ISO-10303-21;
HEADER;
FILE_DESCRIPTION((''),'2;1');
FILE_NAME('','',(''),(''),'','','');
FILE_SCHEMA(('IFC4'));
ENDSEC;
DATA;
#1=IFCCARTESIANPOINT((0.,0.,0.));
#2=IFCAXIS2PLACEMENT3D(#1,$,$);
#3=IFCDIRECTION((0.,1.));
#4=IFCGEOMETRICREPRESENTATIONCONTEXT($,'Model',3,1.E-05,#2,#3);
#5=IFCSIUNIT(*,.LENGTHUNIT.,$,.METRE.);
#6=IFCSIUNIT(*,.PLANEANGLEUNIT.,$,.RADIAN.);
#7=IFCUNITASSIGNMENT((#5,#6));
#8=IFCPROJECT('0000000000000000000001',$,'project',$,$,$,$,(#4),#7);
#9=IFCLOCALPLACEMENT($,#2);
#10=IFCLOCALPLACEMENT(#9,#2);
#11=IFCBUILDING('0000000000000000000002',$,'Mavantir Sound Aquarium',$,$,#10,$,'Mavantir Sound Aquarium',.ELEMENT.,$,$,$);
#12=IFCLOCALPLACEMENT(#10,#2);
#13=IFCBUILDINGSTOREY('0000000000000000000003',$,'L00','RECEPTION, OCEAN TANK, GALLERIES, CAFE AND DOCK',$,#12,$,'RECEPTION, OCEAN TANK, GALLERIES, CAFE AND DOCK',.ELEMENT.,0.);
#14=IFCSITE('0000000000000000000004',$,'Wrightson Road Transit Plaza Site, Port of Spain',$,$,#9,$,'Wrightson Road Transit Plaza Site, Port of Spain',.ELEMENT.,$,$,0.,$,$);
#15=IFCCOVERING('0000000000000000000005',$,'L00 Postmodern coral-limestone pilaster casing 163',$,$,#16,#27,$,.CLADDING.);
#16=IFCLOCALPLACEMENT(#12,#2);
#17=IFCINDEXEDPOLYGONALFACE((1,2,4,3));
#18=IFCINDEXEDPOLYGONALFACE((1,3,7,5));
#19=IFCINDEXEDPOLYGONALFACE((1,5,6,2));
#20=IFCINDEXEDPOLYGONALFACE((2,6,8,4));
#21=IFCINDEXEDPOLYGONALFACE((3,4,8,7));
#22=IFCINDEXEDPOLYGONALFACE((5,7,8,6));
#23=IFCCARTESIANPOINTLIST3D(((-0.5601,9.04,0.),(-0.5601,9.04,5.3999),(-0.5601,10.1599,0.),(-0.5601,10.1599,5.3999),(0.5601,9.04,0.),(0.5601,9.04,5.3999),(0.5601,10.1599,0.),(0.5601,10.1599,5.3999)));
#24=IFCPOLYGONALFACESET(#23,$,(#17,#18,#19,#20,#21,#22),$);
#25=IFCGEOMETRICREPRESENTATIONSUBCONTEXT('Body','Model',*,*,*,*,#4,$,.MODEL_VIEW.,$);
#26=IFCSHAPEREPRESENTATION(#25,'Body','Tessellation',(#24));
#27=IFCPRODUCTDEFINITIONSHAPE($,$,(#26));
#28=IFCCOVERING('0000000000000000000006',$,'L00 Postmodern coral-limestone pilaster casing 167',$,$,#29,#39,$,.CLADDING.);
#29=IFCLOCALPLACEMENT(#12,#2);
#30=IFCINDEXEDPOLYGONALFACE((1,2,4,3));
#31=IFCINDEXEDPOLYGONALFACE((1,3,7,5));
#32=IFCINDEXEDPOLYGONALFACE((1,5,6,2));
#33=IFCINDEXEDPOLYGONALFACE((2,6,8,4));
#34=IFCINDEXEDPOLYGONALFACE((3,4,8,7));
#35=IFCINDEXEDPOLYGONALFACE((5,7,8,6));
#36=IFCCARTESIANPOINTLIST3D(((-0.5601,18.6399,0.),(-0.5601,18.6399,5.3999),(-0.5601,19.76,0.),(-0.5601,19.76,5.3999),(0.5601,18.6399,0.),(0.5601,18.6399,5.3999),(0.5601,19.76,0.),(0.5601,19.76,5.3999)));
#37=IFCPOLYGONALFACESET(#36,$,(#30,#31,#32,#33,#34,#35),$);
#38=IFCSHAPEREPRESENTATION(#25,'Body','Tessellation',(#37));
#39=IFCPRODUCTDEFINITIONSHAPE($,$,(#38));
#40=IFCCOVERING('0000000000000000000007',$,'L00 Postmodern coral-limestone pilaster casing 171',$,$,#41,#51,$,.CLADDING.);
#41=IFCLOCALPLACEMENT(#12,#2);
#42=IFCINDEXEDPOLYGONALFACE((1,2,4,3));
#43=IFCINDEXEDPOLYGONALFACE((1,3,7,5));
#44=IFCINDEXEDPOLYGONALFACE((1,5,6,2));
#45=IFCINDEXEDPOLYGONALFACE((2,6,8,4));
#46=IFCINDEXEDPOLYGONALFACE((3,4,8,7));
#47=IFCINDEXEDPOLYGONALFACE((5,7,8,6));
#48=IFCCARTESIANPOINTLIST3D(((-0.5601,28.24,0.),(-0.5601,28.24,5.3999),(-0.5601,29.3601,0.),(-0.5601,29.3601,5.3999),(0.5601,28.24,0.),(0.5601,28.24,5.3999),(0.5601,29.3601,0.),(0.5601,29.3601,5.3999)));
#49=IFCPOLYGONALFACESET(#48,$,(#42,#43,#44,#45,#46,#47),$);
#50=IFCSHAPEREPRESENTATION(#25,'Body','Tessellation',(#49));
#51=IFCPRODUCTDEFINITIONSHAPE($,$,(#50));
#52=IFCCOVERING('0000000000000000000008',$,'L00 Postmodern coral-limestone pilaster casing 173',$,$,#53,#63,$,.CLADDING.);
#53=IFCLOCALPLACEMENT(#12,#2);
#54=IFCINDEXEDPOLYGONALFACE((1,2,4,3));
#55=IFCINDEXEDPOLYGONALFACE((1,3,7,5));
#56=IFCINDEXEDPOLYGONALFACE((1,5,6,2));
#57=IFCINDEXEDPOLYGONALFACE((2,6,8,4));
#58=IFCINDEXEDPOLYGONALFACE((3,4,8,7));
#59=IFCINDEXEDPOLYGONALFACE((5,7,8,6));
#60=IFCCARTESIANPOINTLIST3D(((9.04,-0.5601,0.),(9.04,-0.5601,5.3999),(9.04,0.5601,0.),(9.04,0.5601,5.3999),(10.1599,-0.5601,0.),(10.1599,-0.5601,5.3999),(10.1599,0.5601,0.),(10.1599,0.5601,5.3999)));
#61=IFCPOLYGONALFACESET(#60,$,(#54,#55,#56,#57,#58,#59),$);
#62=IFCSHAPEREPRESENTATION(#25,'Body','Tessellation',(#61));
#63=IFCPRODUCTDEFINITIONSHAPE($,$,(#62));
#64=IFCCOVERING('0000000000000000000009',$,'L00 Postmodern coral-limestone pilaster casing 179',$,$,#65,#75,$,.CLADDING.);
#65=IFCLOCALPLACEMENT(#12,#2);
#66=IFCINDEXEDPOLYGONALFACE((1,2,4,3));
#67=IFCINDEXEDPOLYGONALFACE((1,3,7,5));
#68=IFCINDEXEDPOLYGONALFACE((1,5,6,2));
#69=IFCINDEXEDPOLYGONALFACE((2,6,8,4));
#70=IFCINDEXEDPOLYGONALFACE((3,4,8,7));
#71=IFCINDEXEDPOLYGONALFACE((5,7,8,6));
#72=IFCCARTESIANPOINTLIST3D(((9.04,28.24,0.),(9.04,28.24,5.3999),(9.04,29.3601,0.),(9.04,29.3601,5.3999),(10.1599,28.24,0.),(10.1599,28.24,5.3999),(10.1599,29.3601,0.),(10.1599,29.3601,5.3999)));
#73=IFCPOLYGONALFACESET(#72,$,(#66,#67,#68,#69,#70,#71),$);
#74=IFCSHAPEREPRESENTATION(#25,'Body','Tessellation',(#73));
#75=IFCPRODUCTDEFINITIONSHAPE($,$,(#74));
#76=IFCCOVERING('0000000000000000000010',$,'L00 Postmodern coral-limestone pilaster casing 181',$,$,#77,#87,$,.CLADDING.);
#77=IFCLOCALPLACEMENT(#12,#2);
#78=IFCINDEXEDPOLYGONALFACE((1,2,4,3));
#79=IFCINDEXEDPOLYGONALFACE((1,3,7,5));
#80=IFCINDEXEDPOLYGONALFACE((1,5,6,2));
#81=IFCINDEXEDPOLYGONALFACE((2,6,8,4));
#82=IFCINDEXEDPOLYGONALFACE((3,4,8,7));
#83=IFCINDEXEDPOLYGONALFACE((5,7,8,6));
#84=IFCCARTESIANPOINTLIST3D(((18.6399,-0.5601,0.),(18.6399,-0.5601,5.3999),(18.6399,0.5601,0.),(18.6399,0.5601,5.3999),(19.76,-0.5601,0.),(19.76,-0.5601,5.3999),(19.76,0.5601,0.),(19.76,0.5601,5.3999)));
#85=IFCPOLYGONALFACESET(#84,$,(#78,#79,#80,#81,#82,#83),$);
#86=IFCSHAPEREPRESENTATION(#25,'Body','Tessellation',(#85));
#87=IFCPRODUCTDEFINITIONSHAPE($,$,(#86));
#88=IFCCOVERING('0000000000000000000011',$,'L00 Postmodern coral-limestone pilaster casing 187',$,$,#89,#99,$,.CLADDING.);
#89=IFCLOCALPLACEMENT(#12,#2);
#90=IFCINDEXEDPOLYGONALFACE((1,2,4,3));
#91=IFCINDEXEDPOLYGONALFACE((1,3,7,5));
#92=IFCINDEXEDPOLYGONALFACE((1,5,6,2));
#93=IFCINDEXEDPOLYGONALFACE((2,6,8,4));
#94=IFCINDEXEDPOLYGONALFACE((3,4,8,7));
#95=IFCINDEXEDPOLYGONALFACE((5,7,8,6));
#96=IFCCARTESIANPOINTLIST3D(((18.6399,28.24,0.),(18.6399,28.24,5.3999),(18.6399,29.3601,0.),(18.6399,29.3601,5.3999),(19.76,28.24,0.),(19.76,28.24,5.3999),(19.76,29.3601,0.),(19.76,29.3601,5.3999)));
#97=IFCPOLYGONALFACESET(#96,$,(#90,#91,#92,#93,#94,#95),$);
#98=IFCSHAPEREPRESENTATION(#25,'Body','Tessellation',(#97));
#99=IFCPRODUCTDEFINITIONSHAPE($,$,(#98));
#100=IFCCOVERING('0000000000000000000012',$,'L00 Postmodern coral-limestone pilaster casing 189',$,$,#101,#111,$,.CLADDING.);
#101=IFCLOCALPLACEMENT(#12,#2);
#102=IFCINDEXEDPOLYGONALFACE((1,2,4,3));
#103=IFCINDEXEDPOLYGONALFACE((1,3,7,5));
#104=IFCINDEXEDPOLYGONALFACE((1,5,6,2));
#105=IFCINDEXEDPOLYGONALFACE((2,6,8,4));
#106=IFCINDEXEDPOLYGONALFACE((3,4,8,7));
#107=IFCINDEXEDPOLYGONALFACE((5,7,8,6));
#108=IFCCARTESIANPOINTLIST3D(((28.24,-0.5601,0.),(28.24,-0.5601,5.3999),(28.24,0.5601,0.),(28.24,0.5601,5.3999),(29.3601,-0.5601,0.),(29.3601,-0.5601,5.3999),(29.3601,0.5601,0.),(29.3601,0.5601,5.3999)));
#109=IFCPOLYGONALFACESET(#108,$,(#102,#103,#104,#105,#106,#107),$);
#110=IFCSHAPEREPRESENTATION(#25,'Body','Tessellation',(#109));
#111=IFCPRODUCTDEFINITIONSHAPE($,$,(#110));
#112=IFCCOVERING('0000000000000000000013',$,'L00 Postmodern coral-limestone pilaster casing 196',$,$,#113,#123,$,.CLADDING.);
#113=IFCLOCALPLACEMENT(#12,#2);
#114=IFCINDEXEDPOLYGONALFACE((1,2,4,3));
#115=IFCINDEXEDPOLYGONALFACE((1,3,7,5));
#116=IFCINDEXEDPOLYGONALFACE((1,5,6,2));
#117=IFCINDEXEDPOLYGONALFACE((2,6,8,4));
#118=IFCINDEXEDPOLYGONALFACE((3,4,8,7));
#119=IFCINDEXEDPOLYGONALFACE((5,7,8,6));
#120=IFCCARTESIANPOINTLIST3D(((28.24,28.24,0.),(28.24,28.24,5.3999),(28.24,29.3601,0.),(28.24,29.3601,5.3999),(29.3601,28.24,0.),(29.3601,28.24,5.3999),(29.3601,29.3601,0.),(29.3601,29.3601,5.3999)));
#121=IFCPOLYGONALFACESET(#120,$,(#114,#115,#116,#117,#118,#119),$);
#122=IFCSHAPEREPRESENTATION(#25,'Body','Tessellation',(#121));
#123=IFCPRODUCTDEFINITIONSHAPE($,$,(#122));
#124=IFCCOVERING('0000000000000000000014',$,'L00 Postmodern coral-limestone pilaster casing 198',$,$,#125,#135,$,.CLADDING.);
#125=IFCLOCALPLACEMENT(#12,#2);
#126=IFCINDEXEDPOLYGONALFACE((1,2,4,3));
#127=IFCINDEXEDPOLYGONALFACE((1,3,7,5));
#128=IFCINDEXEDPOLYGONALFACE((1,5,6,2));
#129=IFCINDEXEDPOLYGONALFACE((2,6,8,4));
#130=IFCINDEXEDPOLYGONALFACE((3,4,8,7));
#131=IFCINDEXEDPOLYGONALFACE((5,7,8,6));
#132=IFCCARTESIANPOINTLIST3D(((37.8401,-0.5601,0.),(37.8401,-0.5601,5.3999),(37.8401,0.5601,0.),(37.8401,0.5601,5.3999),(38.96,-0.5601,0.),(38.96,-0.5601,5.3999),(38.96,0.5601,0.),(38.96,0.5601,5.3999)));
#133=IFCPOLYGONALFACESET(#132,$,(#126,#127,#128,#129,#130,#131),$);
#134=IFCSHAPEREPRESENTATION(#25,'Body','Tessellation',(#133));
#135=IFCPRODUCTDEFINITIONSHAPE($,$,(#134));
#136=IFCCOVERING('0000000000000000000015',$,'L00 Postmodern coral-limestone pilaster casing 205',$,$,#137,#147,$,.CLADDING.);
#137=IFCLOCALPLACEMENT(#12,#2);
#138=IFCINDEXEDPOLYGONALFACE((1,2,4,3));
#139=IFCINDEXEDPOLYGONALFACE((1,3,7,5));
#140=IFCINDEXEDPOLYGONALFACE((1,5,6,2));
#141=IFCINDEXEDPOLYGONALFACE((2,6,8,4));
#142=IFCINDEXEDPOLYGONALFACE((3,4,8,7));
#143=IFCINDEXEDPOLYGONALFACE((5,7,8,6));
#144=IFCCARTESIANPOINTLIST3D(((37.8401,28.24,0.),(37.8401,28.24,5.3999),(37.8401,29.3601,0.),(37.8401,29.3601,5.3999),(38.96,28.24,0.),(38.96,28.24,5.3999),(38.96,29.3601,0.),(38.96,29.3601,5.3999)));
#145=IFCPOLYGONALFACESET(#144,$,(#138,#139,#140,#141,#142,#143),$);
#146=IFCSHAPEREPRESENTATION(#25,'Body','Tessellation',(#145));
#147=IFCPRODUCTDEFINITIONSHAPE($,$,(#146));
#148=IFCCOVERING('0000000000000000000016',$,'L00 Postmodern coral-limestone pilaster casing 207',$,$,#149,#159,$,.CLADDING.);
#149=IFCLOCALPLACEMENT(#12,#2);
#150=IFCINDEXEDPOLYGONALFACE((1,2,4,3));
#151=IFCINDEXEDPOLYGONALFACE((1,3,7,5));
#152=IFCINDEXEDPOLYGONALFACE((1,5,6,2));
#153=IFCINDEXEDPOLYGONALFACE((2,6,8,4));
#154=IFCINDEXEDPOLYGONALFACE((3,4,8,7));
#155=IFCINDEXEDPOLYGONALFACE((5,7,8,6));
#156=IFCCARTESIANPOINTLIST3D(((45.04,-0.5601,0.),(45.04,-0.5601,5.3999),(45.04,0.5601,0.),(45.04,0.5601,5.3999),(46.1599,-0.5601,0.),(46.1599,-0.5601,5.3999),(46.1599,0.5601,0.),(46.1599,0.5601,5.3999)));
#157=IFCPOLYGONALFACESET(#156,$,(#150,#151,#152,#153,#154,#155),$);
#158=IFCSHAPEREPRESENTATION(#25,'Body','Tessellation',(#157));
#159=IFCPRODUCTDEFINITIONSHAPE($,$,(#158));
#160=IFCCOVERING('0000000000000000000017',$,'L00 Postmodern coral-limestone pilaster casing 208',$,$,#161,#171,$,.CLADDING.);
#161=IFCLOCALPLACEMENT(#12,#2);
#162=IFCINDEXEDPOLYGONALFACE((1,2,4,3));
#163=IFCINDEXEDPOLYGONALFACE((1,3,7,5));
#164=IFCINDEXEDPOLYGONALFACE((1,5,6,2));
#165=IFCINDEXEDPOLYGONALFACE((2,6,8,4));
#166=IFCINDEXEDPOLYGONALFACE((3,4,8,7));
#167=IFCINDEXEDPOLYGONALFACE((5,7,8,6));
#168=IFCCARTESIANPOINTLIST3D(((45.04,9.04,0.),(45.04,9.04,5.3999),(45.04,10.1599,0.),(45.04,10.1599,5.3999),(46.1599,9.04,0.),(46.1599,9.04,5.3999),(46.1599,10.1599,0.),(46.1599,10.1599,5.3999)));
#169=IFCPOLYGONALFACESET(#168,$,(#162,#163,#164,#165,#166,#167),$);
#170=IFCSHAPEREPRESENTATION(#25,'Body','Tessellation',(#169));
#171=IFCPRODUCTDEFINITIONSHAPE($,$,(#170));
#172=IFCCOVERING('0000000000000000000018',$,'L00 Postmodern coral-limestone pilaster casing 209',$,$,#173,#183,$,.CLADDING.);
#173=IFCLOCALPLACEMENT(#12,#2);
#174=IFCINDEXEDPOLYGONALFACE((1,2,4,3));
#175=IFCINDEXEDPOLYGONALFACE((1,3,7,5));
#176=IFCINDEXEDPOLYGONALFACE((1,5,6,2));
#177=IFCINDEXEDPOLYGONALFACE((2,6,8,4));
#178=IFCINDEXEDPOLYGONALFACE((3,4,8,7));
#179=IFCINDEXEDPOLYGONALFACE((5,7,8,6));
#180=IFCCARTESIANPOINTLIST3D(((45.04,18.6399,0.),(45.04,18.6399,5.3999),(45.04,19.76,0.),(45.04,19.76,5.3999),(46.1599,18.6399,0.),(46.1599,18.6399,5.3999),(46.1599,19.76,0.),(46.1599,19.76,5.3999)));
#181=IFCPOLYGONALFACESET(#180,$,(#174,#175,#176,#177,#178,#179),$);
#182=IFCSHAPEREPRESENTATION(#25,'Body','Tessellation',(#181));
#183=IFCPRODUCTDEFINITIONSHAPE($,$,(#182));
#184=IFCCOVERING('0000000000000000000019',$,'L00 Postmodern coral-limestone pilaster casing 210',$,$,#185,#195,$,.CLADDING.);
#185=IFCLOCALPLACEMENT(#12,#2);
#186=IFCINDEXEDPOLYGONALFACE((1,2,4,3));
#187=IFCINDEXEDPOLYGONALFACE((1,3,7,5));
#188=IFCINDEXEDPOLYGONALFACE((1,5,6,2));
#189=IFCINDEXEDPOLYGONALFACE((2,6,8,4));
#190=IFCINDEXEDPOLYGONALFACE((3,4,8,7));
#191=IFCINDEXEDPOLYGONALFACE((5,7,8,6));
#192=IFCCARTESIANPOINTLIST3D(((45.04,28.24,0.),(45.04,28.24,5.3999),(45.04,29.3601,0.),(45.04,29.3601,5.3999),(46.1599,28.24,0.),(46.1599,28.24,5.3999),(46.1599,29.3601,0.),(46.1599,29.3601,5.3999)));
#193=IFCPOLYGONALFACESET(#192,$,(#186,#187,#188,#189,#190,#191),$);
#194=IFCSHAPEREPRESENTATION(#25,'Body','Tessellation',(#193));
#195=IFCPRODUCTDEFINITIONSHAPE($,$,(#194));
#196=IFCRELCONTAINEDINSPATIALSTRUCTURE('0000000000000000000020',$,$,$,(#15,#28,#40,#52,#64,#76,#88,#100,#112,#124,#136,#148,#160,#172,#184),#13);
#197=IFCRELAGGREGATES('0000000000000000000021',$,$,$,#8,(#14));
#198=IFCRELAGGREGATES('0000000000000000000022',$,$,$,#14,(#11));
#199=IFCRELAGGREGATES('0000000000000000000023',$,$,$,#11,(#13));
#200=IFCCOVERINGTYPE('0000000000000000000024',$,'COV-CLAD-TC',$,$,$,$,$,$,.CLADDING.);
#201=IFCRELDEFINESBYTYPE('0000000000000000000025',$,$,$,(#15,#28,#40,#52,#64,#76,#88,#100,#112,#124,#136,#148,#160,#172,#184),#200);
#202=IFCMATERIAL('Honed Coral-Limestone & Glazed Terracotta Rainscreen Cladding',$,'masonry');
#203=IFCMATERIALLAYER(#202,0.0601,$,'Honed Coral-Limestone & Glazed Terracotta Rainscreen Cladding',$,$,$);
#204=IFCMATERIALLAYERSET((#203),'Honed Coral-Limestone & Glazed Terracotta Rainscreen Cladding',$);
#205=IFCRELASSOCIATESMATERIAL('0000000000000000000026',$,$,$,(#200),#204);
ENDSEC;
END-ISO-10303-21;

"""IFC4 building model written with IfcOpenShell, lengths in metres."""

from ifc_helpers import new_model, si_unit, direction, origin, place, context, subcontext, project, spatial, polyline, outline, extrude, material, layer, layer_set, type_object, element, save


model = new_model("IFC4")

# Units and contexts
model_context = context("Model", 3, precision=1e-05, world=origin(), true_north=direction((0.0, 1.0)))
body_context = subcontext(model_context, "Body", "Model", "MODEL_VIEW")
ifc_project = project(units=[si_unit("LENGTHUNIT", "METRE"), si_unit("PLANEANGLEUNIT", "RADIAN")], contexts=[model_context])

# Site, building, storey
site_placement = place(None, origin())
site = spatial("IfcSite", under=ifc_project, at=site_placement, Name="Wrightson Road Transit Plaza Site, Port of Spain", LongName="Wrightson Road Transit Plaza Site, Port of Spain", CompositionType="ELEMENT", RefElevation=0.0)
building_placement = place(site_placement, origin())
building = spatial("IfcBuilding", under=site, at=building_placement, Name="Mavantir Sound Aquarium", LongName="Mavantir Sound Aquarium", CompositionType="ELEMENT")
storey_placement = place(building_placement, origin())
storey = spatial("IfcBuildingStorey", under=building, at=storey_placement, Name="L00", Description="RECEPTION, OCEAN TANK, GALLERIES, CAFE AND DOCK", LongName="RECEPTION, OCEAN TANK, GALLERIES, CAFE AND DOCK", CompositionType="ELEMENT", Elevation=0.0)

# Coverings
ifc_material = material(Name="Honed Coral-Limestone & Glazed Terracotta Rainscreen Cladding", Category="masonry")
ifc_layer = layer(ifc_material, 0.0601, Name="Honed Coral-Limestone & Glazed Terracotta Rainscreen Cladding")
ifc_layer_set = layer_set([ifc_layer], Name="Honed Coral-Limestone & Glazed Terracotta Rainscreen Cladding")
covering_type = type_object("IfcCoveringType", Name="COV-CLAD-TC", PredefinedType="CLADDING", material=ifc_layer_set)
covering_1_placement = place(storey_placement, origin())
element("IfcCovering", 1, at=covering_1_placement, inside=storey, type_object=covering_type, Name="L00 Postmodern coral-limestone pilaster casing 163", PredefinedType="CLADDING", context=body_context, shape_type="SweptSolid", body=[
    extrude(outline(polyline([(-0.5601, 9.04), (0.5601, 9.04), (0.5601, 10.1599), (-0.5601, 10.1599), (-0.5601, 9.04)])), origin(), (0.0, 0.0, 1.0), 5.3999),
])
covering_2_placement = place(storey_placement, origin())
element("IfcCovering", 2, at=covering_2_placement, inside=storey, type_object=covering_type, Name="L00 Postmodern coral-limestone pilaster casing 167", PredefinedType="CLADDING", context=body_context, shape_type="SweptSolid", body=[
    extrude(outline(polyline([(-0.5601, 18.6399), (0.5601, 18.6399), (0.5601, 19.76), (-0.5601, 19.76), (-0.5601, 18.6399)])), origin(), (0.0, 0.0, 1.0), 5.3999),
])
covering_3_placement = place(storey_placement, origin())
element("IfcCovering", 3, at=covering_3_placement, inside=storey, type_object=covering_type, Name="L00 Postmodern coral-limestone pilaster casing 171", PredefinedType="CLADDING", context=body_context, shape_type="SweptSolid", body=[
    extrude(outline(polyline([(-0.5601, 28.24), (0.5601, 28.24), (0.5601, 29.3601), (-0.5601, 29.3601), (-0.5601, 28.24)])), origin(), (0.0, 0.0, 1.0), 5.3999),
])
covering_4_placement = place(storey_placement, origin())
element("IfcCovering", 4, at=covering_4_placement, inside=storey, type_object=covering_type, Name="L00 Postmodern coral-limestone pilaster casing 173", PredefinedType="CLADDING", context=body_context, shape_type="SweptSolid", body=[
    extrude(outline(polyline([(9.04, -0.5601), (10.1599, -0.5601), (10.1599, 0.5601), (9.04, 0.5601), (9.04, -0.5601)])), origin(), (0.0, 0.0, 1.0), 5.3999),
])
covering_5_placement = place(storey_placement, origin())
element("IfcCovering", 5, at=covering_5_placement, inside=storey, type_object=covering_type, Name="L00 Postmodern coral-limestone pilaster casing 179", PredefinedType="CLADDING", context=body_context, shape_type="SweptSolid", body=[
    extrude(outline(polyline([(9.04, 28.24), (10.1599, 28.24), (10.1599, 29.3601), (9.04, 29.3601), (9.04, 28.24)])), origin(), (0.0, 0.0, 1.0), 5.3999),
])
covering_6_placement = place(storey_placement, origin())
element("IfcCovering", 6, at=covering_6_placement, inside=storey, type_object=covering_type, Name="L00 Postmodern coral-limestone pilaster casing 181", PredefinedType="CLADDING", context=body_context, shape_type="SweptSolid", body=[
    extrude(outline(polyline([(18.6399, -0.5601), (19.76, -0.5601), (19.76, 0.5601), (18.6399, 0.5601), (18.6399, -0.5601)])), origin(), (0.0, 0.0, 1.0), 5.3999),
])
covering_7_placement = place(storey_placement, origin())
element("IfcCovering", 7, at=covering_7_placement, inside=storey, type_object=covering_type, Name="L00 Postmodern coral-limestone pilaster casing 187", PredefinedType="CLADDING", context=body_context, shape_type="SweptSolid", body=[
    extrude(outline(polyline([(18.6399, 28.24), (19.76, 28.24), (19.76, 29.3601), (18.6399, 29.3601), (18.6399, 28.24)])), origin(), (0.0, 0.0, 1.0), 5.3999),
])
covering_8_placement = place(storey_placement, origin())
element("IfcCovering", 8, at=covering_8_placement, inside=storey, type_object=covering_type, Name="L00 Postmodern coral-limestone pilaster casing 189", PredefinedType="CLADDING", context=body_context, shape_type="SweptSolid", body=[
    extrude(outline(polyline([(28.24, -0.5601), (29.3601, -0.5601), (29.3601, 0.5601), (28.24, 0.5601), (28.24, -0.5601)])), origin(), (0.0, 0.0, 1.0), 5.3999),
])
covering_9_placement = place(storey_placement, origin())
element("IfcCovering", 9, at=covering_9_placement, inside=storey, type_object=covering_type, Name="L00 Postmodern coral-limestone pilaster casing 196", PredefinedType="CLADDING", context=body_context, shape_type="SweptSolid", body=[
    extrude(outline(polyline([(28.24, 28.24), (29.3601, 28.24), (29.3601, 29.3601), (28.24, 29.3601), (28.24, 28.24)])), origin(), (0.0, 0.0, 1.0), 5.3999),
])
covering_10_placement = place(storey_placement, origin())
element("IfcCovering", 10, at=covering_10_placement, inside=storey, type_object=covering_type, Name="L00 Postmodern coral-limestone pilaster casing 198", PredefinedType="CLADDING", context=body_context, shape_type="SweptSolid", body=[
    extrude(outline(polyline([(37.8401, -0.5601), (38.96, -0.5601), (38.96, 0.5601), (37.8401, 0.5601), (37.8401, -0.5601)])), origin(), (0.0, 0.0, 1.0), 5.3999),
])
covering_11_placement = place(storey_placement, origin())
element("IfcCovering", 11, at=covering_11_placement, inside=storey, type_object=covering_type, Name="L00 Postmodern coral-limestone pilaster casing 205", PredefinedType="CLADDING", context=body_context, shape_type="SweptSolid", body=[
    extrude(outline(polyline([(37.8401, 28.24), (38.96, 28.24), (38.96, 29.3601), (37.8401, 29.3601), (37.8401, 28.24)])), origin(), (0.0, 0.0, 1.0), 5.3999),
])
covering_12_placement = place(storey_placement, origin())
element("IfcCovering", 12, at=covering_12_placement, inside=storey, type_object=covering_type, Name="L00 Postmodern coral-limestone pilaster casing 207", PredefinedType="CLADDING", context=body_context, shape_type="SweptSolid", body=[
    extrude(outline(polyline([(45.04, -0.5601), (46.1599, -0.5601), (46.1599, 0.5601), (45.04, 0.5601), (45.04, -0.5601)])), origin(), (0.0, 0.0, 1.0), 5.3999),
])
covering_13_placement = place(storey_placement, origin())
element("IfcCovering", 13, at=covering_13_placement, inside=storey, type_object=covering_type, Name="L00 Postmodern coral-limestone pilaster casing 208", PredefinedType="CLADDING", context=body_context, shape_type="SweptSolid", body=[
    extrude(outline(polyline([(45.04, 9.04), (46.1599, 9.04), (46.1599, 10.1599), (45.04, 10.1599), (45.04, 9.04)])), origin(), (0.0, 0.0, 1.0), 5.3999),
])
covering_14_placement = place(storey_placement, origin())
element("IfcCovering", 14, at=covering_14_placement, inside=storey, type_object=covering_type, Name="L00 Postmodern coral-limestone pilaster casing 209", PredefinedType="CLADDING", context=body_context, shape_type="SweptSolid", body=[
    extrude(outline(polyline([(45.04, 18.6399), (46.1599, 18.6399), (46.1599, 19.76), (45.04, 19.76), (45.04, 18.6399)])), origin(), (0.0, 0.0, 1.0), 5.3999),
])
covering_15_placement = place(storey_placement, origin())
element("IfcCovering", 15, at=covering_15_placement, inside=storey, type_object=covering_type, Name="L00 Postmodern coral-limestone pilaster casing 210", PredefinedType="CLADDING", context=body_context, shape_type="SweptSolid", body=[
    extrude(outline(polyline([(45.04, 28.24), (46.1599, 28.24), (46.1599, 29.3601), (45.04, 29.3601), (45.04, 28.24)])), origin(), (0.0, 0.0, 1.0), 5.3999),
])

save(model, "model.ifc")
